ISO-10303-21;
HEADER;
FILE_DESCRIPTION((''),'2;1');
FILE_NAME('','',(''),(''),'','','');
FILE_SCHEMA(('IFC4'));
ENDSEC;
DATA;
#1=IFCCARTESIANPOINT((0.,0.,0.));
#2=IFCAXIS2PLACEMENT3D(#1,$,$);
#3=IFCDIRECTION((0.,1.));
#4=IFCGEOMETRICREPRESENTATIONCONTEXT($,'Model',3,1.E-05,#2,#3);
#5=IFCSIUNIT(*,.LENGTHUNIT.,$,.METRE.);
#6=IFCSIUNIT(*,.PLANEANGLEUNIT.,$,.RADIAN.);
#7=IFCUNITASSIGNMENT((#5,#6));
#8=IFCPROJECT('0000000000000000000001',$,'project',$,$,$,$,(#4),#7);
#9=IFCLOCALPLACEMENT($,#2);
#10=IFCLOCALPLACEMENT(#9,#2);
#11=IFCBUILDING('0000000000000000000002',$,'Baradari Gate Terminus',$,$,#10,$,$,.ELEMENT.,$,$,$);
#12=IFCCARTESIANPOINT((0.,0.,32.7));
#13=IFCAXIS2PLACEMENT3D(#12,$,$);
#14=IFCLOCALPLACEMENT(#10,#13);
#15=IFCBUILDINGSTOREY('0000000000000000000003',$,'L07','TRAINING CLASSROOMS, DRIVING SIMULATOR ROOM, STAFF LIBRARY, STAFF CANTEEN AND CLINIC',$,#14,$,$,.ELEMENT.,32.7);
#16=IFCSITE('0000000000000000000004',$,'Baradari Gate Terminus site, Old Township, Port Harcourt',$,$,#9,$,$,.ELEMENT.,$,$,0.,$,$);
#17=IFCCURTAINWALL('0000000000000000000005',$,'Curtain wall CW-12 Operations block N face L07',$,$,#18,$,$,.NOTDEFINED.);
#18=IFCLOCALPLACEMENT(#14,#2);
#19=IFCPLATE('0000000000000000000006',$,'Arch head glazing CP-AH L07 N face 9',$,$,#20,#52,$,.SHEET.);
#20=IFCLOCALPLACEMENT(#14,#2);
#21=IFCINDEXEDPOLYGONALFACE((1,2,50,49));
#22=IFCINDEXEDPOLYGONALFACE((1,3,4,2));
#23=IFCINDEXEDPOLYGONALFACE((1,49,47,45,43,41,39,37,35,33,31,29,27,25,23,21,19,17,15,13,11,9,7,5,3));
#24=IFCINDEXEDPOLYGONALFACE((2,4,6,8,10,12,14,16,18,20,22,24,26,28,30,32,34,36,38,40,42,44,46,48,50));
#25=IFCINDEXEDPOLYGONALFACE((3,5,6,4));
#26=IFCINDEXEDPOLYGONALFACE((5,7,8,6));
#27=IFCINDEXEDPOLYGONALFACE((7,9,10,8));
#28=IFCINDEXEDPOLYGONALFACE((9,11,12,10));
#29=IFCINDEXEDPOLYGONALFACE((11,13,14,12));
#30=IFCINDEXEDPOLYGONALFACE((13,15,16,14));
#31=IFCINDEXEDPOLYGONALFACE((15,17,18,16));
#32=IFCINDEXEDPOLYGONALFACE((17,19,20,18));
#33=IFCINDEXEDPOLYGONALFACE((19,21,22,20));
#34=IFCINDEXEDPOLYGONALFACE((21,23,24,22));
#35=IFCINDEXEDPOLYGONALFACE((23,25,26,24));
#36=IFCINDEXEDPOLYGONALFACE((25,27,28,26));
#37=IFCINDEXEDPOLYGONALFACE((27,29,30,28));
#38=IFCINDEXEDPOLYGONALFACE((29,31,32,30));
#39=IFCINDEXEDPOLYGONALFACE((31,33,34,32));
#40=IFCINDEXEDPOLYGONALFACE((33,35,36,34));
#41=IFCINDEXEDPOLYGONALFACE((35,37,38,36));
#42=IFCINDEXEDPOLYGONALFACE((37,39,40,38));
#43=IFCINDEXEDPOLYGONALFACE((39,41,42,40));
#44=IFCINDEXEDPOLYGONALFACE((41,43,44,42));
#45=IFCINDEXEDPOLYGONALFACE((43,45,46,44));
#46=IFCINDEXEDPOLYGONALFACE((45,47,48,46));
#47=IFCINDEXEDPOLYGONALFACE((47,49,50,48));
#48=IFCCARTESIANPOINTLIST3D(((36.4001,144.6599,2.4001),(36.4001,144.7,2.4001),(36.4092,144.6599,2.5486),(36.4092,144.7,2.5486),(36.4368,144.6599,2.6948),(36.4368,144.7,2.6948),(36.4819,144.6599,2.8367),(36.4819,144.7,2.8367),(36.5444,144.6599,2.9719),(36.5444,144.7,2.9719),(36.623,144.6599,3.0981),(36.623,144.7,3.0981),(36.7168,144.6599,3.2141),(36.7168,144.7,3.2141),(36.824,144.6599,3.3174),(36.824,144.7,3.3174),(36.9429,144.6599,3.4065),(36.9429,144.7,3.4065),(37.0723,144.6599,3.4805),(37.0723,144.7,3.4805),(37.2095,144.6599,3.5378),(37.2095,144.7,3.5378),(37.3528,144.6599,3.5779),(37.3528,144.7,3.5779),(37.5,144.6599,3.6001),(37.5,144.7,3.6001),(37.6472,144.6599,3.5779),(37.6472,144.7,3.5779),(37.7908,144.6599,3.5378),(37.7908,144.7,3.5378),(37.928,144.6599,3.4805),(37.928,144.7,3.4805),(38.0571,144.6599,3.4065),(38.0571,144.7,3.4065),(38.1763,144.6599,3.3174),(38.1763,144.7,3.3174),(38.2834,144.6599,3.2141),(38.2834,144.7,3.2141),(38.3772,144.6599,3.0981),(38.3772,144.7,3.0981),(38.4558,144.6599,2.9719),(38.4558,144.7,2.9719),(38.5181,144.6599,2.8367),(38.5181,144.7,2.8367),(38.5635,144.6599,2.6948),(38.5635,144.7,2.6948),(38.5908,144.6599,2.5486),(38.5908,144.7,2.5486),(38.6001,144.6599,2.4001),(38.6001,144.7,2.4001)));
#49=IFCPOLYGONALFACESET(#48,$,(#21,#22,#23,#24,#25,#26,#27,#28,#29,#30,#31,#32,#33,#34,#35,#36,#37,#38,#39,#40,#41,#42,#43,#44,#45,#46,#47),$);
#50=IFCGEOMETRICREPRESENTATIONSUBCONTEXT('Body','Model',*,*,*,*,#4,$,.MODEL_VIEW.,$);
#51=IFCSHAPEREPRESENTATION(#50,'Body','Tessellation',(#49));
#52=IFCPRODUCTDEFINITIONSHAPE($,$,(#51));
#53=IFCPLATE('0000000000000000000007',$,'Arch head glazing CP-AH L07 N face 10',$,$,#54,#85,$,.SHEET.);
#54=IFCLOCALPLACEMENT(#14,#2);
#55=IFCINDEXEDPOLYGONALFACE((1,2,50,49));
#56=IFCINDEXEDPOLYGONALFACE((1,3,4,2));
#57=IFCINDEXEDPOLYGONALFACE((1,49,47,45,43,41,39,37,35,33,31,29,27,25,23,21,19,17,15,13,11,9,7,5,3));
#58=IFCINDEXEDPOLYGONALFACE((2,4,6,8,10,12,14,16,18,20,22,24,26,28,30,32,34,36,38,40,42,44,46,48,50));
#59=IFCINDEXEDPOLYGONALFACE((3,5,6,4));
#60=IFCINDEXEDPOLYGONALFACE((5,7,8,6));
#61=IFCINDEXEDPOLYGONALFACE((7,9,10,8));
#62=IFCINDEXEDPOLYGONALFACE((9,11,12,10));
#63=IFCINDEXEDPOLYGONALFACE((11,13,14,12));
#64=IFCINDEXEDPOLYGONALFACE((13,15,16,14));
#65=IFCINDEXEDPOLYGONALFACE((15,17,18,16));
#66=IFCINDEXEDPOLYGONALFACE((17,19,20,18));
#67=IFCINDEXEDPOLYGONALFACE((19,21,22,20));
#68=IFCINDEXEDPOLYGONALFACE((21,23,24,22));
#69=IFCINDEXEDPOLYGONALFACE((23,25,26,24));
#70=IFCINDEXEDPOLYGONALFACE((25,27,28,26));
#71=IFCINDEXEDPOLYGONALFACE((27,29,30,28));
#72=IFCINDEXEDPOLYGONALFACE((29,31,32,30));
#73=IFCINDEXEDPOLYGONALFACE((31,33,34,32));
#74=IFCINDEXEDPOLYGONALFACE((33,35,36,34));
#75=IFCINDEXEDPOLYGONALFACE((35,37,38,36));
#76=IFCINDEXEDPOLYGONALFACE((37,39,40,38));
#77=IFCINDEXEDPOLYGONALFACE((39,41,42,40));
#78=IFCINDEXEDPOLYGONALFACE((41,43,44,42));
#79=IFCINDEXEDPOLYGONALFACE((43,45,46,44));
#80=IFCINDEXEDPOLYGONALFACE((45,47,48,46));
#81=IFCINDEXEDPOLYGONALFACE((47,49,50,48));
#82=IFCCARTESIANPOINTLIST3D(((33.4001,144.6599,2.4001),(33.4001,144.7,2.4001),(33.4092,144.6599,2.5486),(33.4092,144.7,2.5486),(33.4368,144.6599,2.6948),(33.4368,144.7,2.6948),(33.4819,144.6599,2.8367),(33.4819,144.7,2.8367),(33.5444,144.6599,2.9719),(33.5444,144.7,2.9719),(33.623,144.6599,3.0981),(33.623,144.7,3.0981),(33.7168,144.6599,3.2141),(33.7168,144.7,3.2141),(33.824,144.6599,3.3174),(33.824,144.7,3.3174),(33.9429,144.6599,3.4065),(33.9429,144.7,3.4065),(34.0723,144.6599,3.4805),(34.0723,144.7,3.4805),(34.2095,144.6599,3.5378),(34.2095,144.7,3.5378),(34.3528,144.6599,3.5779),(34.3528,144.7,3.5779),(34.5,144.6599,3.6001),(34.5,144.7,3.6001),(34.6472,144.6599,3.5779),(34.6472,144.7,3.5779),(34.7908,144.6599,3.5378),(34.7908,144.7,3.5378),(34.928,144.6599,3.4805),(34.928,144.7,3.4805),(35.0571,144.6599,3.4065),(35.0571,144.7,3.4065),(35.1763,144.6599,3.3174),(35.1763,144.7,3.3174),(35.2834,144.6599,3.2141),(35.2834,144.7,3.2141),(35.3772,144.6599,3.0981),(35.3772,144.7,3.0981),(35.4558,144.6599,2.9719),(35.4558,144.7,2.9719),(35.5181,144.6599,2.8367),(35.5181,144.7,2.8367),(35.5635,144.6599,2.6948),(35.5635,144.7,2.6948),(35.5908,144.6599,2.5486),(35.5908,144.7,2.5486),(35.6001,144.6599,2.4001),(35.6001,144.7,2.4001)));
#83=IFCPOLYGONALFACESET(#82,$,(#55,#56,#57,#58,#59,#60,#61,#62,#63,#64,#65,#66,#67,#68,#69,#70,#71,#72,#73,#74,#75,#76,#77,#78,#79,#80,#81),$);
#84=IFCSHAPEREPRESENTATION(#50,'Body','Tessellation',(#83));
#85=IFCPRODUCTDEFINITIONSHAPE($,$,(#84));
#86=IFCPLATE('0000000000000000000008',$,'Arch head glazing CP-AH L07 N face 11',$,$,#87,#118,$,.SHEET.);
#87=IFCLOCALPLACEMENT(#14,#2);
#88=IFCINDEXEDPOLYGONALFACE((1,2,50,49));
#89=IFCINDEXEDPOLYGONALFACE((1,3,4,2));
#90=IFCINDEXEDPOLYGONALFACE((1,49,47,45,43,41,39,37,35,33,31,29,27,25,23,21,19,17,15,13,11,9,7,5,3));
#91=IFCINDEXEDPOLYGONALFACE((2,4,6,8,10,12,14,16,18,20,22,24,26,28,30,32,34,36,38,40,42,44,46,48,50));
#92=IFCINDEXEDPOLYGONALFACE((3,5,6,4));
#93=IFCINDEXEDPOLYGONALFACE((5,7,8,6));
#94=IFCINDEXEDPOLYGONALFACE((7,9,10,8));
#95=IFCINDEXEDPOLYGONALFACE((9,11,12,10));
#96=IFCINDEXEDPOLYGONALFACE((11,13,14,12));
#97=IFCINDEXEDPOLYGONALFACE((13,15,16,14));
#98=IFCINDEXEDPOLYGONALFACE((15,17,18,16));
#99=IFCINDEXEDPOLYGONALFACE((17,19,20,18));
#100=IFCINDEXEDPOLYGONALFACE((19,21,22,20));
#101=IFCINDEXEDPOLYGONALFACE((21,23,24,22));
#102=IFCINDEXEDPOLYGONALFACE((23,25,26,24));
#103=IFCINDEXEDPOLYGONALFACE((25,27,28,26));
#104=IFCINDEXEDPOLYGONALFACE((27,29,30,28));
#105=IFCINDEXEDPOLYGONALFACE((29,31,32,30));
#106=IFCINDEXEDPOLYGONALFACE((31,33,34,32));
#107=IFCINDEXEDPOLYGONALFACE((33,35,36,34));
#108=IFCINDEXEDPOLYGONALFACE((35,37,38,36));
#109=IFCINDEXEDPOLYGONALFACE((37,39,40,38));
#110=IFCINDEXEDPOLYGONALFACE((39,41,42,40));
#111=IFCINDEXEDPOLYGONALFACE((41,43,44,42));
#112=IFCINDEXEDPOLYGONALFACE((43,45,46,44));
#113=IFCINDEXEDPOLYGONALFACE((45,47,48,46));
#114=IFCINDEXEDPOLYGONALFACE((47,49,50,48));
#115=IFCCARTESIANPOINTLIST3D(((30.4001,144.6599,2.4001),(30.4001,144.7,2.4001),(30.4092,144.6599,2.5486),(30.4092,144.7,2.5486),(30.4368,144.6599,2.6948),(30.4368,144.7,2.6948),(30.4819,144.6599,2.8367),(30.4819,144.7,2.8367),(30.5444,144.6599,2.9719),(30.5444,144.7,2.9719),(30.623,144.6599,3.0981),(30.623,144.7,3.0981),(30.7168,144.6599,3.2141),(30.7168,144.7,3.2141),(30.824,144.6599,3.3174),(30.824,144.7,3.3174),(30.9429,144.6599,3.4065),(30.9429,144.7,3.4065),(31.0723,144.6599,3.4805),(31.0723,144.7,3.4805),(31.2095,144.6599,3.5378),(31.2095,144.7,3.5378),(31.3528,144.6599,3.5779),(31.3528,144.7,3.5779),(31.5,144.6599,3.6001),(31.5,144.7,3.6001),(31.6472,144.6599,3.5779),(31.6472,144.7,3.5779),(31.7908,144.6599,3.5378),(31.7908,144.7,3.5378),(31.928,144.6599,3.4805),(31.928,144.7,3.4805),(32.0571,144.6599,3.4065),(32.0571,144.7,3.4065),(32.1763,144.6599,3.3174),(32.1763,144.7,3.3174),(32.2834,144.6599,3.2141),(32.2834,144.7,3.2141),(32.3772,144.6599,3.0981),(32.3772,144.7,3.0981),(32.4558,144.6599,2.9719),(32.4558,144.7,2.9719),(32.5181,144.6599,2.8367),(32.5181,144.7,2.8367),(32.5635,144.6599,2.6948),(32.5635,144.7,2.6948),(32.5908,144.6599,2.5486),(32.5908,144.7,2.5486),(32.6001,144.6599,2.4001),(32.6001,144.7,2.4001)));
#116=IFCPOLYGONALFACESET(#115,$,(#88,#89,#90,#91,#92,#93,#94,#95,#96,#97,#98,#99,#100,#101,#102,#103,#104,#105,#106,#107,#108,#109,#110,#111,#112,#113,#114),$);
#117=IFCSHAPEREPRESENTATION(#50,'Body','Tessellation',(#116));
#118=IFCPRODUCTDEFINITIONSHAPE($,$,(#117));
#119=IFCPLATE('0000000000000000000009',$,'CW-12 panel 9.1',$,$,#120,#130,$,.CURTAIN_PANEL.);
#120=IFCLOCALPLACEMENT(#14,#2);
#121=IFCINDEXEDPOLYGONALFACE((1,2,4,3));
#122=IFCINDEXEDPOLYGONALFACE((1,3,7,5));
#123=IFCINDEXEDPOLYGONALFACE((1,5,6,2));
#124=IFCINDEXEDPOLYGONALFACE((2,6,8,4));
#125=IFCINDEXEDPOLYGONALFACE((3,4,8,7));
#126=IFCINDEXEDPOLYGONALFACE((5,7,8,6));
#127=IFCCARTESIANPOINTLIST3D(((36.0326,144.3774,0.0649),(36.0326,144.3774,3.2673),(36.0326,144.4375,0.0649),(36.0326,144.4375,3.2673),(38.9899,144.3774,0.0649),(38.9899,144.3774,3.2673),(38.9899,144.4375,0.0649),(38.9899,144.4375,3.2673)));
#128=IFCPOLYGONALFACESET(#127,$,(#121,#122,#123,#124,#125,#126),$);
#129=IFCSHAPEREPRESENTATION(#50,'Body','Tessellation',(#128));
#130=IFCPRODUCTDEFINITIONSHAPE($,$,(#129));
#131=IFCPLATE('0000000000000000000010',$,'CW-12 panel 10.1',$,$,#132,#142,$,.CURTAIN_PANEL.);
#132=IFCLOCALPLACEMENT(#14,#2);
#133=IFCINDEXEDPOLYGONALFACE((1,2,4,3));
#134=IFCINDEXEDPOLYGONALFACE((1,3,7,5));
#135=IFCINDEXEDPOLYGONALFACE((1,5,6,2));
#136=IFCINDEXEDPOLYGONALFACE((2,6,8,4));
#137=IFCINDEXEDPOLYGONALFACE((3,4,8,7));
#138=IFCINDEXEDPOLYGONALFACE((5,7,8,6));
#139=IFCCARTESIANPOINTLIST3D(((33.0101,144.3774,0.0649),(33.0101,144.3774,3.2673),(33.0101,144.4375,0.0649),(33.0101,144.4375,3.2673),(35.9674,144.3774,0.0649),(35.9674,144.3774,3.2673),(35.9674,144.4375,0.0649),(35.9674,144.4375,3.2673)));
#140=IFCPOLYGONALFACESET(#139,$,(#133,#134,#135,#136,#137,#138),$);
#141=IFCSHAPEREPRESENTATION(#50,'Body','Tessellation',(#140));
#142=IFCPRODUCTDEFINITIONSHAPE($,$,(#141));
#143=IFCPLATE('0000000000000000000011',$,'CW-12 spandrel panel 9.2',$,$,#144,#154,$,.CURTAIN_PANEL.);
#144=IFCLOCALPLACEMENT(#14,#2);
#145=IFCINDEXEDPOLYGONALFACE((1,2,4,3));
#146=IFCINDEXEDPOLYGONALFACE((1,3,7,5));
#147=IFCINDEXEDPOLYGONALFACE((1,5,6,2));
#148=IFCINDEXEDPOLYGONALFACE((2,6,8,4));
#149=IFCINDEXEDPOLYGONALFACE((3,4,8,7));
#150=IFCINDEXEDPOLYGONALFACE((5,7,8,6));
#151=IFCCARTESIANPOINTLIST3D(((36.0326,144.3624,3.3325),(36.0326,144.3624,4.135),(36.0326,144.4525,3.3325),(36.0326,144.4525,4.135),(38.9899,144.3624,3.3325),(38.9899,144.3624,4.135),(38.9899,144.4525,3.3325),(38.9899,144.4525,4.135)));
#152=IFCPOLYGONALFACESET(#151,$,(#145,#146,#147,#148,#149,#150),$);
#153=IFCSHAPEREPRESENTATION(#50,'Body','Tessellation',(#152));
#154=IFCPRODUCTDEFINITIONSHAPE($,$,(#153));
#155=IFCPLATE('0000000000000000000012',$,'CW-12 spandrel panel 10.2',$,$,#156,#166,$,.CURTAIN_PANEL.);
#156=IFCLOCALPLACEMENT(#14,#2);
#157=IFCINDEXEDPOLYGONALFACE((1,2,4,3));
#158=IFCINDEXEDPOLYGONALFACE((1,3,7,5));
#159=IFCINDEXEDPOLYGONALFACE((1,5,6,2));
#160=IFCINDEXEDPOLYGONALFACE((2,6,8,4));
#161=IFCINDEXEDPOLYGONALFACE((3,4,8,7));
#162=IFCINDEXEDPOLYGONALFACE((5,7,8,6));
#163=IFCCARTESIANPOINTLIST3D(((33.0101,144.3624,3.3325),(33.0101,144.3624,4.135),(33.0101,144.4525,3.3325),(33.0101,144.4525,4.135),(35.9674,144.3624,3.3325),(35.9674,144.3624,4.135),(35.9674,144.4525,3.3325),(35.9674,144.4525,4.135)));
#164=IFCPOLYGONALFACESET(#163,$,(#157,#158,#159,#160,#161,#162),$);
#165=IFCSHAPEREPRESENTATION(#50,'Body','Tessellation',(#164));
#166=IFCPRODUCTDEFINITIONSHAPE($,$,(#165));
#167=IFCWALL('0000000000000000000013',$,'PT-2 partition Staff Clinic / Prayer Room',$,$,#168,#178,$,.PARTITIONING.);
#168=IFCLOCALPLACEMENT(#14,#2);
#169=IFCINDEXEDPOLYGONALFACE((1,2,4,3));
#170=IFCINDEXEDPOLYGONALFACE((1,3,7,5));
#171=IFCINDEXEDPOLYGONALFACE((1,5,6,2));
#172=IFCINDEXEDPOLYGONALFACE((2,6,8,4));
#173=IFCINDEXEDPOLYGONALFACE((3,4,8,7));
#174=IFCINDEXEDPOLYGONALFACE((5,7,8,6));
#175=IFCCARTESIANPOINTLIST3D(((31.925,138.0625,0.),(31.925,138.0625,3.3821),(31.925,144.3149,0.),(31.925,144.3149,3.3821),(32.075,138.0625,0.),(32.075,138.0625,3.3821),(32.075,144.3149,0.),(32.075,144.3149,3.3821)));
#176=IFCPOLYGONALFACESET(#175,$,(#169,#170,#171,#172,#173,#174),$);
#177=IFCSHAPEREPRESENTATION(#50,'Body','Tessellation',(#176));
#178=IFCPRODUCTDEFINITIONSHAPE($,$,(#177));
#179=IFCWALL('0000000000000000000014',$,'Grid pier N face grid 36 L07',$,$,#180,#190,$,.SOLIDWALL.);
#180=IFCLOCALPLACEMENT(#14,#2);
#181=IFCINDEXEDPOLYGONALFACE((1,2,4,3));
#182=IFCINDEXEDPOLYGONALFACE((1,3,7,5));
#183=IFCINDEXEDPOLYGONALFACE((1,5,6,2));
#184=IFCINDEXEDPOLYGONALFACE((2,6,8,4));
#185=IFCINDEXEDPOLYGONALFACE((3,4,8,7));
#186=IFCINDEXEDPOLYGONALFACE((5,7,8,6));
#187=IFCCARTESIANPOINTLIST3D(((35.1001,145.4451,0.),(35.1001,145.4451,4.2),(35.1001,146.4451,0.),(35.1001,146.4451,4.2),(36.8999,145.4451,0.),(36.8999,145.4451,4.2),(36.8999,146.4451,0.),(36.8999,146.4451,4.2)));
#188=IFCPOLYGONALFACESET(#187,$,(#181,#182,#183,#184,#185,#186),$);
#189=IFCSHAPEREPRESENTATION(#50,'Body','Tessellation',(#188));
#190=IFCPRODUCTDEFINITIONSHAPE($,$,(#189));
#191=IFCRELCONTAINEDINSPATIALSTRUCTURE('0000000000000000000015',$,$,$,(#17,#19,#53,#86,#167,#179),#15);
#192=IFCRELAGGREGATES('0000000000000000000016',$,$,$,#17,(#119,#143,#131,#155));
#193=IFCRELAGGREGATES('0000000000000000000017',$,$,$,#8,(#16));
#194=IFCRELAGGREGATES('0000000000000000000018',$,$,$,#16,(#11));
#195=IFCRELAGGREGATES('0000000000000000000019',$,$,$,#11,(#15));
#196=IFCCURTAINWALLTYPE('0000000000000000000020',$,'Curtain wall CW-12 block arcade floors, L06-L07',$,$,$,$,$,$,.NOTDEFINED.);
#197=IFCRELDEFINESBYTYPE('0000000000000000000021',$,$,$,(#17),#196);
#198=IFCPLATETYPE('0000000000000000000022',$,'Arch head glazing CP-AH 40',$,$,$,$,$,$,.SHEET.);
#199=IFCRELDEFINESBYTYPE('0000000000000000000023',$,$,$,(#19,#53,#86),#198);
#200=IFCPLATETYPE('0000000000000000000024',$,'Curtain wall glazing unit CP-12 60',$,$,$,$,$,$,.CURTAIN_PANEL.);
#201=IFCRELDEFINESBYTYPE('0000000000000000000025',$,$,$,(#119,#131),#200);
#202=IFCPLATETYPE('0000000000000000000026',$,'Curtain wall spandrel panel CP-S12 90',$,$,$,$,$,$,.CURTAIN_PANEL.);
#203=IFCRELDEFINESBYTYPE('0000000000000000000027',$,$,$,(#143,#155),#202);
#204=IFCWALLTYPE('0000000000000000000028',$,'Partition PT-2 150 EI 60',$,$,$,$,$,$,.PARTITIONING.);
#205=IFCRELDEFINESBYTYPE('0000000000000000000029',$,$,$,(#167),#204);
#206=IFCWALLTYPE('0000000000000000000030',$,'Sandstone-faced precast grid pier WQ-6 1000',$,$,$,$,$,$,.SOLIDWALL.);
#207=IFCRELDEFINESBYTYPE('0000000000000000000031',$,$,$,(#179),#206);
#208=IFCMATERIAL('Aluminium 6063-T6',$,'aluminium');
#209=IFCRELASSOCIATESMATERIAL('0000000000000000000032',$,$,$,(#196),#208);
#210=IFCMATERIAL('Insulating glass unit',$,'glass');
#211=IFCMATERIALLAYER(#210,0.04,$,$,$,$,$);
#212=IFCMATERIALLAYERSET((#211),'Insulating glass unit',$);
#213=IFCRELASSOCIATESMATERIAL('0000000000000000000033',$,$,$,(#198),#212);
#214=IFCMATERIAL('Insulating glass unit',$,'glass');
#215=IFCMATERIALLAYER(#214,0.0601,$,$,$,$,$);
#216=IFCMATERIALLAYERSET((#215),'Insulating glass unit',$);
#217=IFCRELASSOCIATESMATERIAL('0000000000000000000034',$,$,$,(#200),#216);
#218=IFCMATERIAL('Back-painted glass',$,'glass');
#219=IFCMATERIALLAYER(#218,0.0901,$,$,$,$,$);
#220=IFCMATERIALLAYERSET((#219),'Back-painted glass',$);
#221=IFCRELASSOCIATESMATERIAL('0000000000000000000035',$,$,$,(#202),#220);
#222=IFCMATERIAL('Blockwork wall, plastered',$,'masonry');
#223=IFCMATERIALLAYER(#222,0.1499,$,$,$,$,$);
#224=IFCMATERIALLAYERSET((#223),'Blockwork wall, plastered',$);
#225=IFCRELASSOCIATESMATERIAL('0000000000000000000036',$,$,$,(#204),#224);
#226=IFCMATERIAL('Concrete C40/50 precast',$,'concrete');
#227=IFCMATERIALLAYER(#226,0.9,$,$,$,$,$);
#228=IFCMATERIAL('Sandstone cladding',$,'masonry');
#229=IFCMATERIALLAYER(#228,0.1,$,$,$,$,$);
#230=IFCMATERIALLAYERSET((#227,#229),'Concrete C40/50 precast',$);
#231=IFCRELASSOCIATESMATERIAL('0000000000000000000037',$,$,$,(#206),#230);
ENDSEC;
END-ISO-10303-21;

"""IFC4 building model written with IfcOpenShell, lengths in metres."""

from ifc_helpers import new_model, si_unit, direction, frame, frame_2d, origin, origin_2d, place, context, subcontext, project, spatial, polyline, rectangle, outline, extrude, material, layer, layer_set, type_object, element, aggregate, save


model = new_model("IFC4")

# Units and contexts
model_context = context("Model", 3, precision=1e-05, world=origin(), true_north=direction((0.0, 1.0)))
body_context = subcontext(model_context, "Body", "Model", "MODEL_VIEW")
ifc_project = project(units=[si_unit("LENGTHUNIT", "METRE"), si_unit("PLANEANGLEUNIT", "RADIAN")], contexts=[model_context])

# Site, building, storey
site_placement = place(None, origin())
site = spatial("IfcSite", under=ifc_project, at=site_placement, Name="Baradari Gate Terminus site, Old Township, Port Harcourt", CompositionType="ELEMENT", RefElevation=0.0)
building_placement = place(site_placement, origin())
building = spatial("IfcBuilding", under=site, at=building_placement, Name="Baradari Gate Terminus", CompositionType="ELEMENT")
storey_placement = place(building_placement, frame((0.0, 0.0, 32.7)))
storey = spatial("IfcBuildingStorey", under=building, at=storey_placement, Name="L07", Description="TRAINING CLASSROOMS, DRIVING SIMULATOR ROOM, STAFF LIBRARY, STAFF CANTEEN AND CLINIC", CompositionType="ELEMENT", Elevation=32.7)

# Curtain wall
ifc_material_1 = material(Name="Aluminium 6063-T6", Category="aluminium")
curtain_wall_type = type_object("IfcCurtainWallType", Name="Curtain wall CW-12 block arcade floors, L06-L07", PredefinedType="NOTDEFINED", material=ifc_material_1)
curtain_wall_placement = place(storey_placement, origin())
curtain_wall = element("IfcCurtainWall", 1, at=curtain_wall_placement, inside=storey, type_object=curtain_wall_type, Name="Curtain wall CW-12 Operations block N face L07", PredefinedType="NOTDEFINED")

# Plates
ifc_material_2 = material(Name="Insulating glass unit", Category="glass")
ifc_layer_1 = layer(ifc_material_2, 0.04)
ifc_layer_set_1 = layer_set([ifc_layer_1], Name="Insulating glass unit")
plate_type_1 = type_object("IfcPlateType", Name="Arch head glazing CP-AH 40", PredefinedType="SHEET", material=ifc_layer_set_1)
for number, where, z_axis, x_axis, name in (
    (2, (38.6001, 144.6799, 2.4001), (0.0, 0.0, 1.0), (-1.0, 0.0, 0.0), "Arch head glazing CP-AH L07 N face 9"),
    (3, (35.6001, 144.6799, 2.4001), (0.0, 0.0, 1.0), (-1.0, 0.0, 0.0), "Arch head glazing CP-AH L07 N face 10"),
    (4, (32.6001, 144.6799, 2.4001), (0.0, 0.0, 1.0), (-1.0, 0.0, 0.0), "Arch head glazing CP-AH L07 N face 11"),
):
    element("IfcPlate", number, at=place(storey_placement, frame(where, z_axis=z_axis, x_axis=x_axis)), inside=storey, type_object=plate_type_1, Name=name, PredefinedType="SHEET", context=body_context, shape_type="SweptSolid", body=[
        extrude(outline(polyline([(0.0, 0.0), (2.2, 0.0), (2.1909, 0.1484), (2.1633, 0.2947), (2.1182, 0.4365), (2.0557, 0.5718), (1.9771, 0.698), (1.8833, 0.814), (1.7761, 0.9172), (1.6572, 1.0063), (1.5278, 1.0803), (1.3906, 1.1377), (1.2473, 1.1777), (1.1001, 1.2), (0.9529, 1.1777), (0.8093, 1.1377), (0.6721, 1.0803), (0.543, 1.0063), (0.4238, 0.9172), (0.3167, 0.814), (0.2229, 0.698), (0.1443, 0.5718), (0.082, 0.4365), (0.0366, 0.2947), (0.0093, 0.1484), (0.0, 0.0)])), frame((0.0, 0.02, 0.0), z_axis=(0.0, -1.0, 0.0), x_axis=(1.0, 0.0, 0.0)), (0.0, 0.0, 1.0), 0.04),
    ])

# Plates
ifc_material_3 = material(Name="Insulating glass unit", Category="glass")
ifc_layer_2 = layer(ifc_material_3, 0.0601)
ifc_layer_set_2 = layer_set([ifc_layer_2], Name="Insulating glass unit")
plate_type_2 = type_object("IfcPlateType", Name="Curtain wall glazing unit CP-12 60", PredefinedType="CURTAIN_PANEL", material=ifc_layer_set_2)
plate_1_placement = place(storey_placement, frame((37.5112, 144.4075, 0.0649), z_axis=(0.0, 0.0, 1.0), x_axis=(-1.0, 0.0, 0.0)))
plate_1 = element("IfcPlate", 5, at=plate_1_placement, type_object=plate_type_2, Name="CW-12 panel 9.1", PredefinedType="CURTAIN_PANEL", context=body_context, shape_type="SweptSolid", body=[
    extrude(rectangle(XDim=2.9573, YDim=0.0601, at=origin_2d()), origin(), (0.0, 0.0, 1.0), 3.2024),
])
plate_2_placement = place(storey_placement, frame((34.4888, 144.4075, 0.0649), z_axis=(0.0, 0.0, 1.0), x_axis=(-1.0, 0.0, 0.0)))
plate_2 = element("IfcPlate", 6, at=plate_2_placement, type_object=plate_type_2, Name="CW-12 panel 10.1", PredefinedType="CURTAIN_PANEL", context=body_context, shape_type="SweptSolid", body=[
    extrude(rectangle(XDim=2.9573, YDim=0.0601, at=origin_2d()), origin(), (0.0, 0.0, 1.0), 3.2024),
])
ifc_material_4 = material(Name="Back-painted glass", Category="glass")
ifc_layer_3 = layer(ifc_material_4, 0.0901)
ifc_layer_set_3 = layer_set([ifc_layer_3], Name="Back-painted glass")
plate_type_3 = type_object("IfcPlateType", Name="Curtain wall spandrel panel CP-S12 90", PredefinedType="CURTAIN_PANEL", material=ifc_layer_set_3)
plate_3_placement = place(storey_placement, frame((37.5112, 144.4075, 3.3325), z_axis=(0.0, 0.0, 1.0), x_axis=(-1.0, 0.0, 0.0)))
plate_3 = element("IfcPlate", 7, at=plate_3_placement, type_object=plate_type_3, Name="CW-12 spandrel panel 9.2", PredefinedType="CURTAIN_PANEL", context=body_context, shape_type="SweptSolid", body=[
    extrude(rectangle(XDim=2.9573, YDim=0.0901, at=origin_2d()), origin(), (0.0, 0.0, 1.0), 0.8025),
])
plate_4_placement = place(storey_placement, frame((34.4888, 144.4075, 3.3325), z_axis=(0.0, 0.0, 1.0), x_axis=(-1.0, 0.0, 0.0)))
plate_4 = element("IfcPlate", 8, at=plate_4_placement, type_object=plate_type_3, Name="CW-12 spandrel panel 10.2", PredefinedType="CURTAIN_PANEL", context=body_context, shape_type="SweptSolid", body=[
    extrude(rectangle(XDim=2.9573, YDim=0.0901, at=origin_2d()), origin(), (0.0, 0.0, 1.0), 0.8025),
])
aggregate(curtain_wall, [plate_1, plate_3, plate_2, plate_4])

# Walls
ifc_material_5 = material(Name="Blockwork wall, plastered", Category="masonry")
ifc_layer_4 = layer(ifc_material_5, 0.1499)
ifc_layer_set_4 = layer_set([ifc_layer_4], Name="Blockwork wall, plastered")
wall_type_1 = type_object("IfcWallType", Name="Partition PT-2 150 EI 60", PredefinedType="PARTITIONING", material=ifc_layer_set_4)
wall_1_placement = place(storey_placement, frame((32.0, 144.3149, 0.0), z_axis=(0.0, 0.0, 1.0), x_axis=(0.0, -1.0, 0.0)))
element("IfcWall", 9, at=wall_1_placement, inside=storey, type_object=wall_type_1, Name="PT-2 partition Staff Clinic / Prayer Room", PredefinedType="PARTITIONING", context=body_context, shape_type="SweptSolid", body=[
    extrude(rectangle(XDim=6.2524, YDim=0.1499, at=frame_2d((3.1262, 0.0))), origin(), (0.0, 0.0, 1.0), 3.3821),
])
ifc_material_6 = material(Name="Concrete C40/50 precast", Category="concrete")
ifc_layer_5 = layer(ifc_material_6, 0.9)
ifc_material_7 = material(Name="Sandstone cladding", Category="masonry")
ifc_layer_6 = layer(ifc_material_7, 0.1)
ifc_layer_set_5 = layer_set([ifc_layer_5, ifc_layer_6], Name="Concrete C40/50 precast")
wall_type_2 = type_object("IfcWallType", Name="Sandstone-faced precast grid pier WQ-6 1000", PredefinedType="SOLIDWALL", material=ifc_layer_set_5)
wall_2_placement = place(storey_placement, frame((35.1001, 145.9451, 0.0), z_axis=(0.0, 0.0, 1.0), x_axis=(1.0, 0.0, 0.0)))
element("IfcWall", 10, at=wall_2_placement, inside=storey, type_object=wall_type_2, Name="Grid pier N face grid 36 L07", PredefinedType="SOLIDWALL", context=body_context, shape_type="SweptSolid", body=[
    extrude(rectangle(XDim=1.7998, YDim=1.0, at=frame_2d((0.8999, 0.0))), origin(), (0.0, 0.0, 1.0), 4.2),
])

save(model, "model.ifc")
